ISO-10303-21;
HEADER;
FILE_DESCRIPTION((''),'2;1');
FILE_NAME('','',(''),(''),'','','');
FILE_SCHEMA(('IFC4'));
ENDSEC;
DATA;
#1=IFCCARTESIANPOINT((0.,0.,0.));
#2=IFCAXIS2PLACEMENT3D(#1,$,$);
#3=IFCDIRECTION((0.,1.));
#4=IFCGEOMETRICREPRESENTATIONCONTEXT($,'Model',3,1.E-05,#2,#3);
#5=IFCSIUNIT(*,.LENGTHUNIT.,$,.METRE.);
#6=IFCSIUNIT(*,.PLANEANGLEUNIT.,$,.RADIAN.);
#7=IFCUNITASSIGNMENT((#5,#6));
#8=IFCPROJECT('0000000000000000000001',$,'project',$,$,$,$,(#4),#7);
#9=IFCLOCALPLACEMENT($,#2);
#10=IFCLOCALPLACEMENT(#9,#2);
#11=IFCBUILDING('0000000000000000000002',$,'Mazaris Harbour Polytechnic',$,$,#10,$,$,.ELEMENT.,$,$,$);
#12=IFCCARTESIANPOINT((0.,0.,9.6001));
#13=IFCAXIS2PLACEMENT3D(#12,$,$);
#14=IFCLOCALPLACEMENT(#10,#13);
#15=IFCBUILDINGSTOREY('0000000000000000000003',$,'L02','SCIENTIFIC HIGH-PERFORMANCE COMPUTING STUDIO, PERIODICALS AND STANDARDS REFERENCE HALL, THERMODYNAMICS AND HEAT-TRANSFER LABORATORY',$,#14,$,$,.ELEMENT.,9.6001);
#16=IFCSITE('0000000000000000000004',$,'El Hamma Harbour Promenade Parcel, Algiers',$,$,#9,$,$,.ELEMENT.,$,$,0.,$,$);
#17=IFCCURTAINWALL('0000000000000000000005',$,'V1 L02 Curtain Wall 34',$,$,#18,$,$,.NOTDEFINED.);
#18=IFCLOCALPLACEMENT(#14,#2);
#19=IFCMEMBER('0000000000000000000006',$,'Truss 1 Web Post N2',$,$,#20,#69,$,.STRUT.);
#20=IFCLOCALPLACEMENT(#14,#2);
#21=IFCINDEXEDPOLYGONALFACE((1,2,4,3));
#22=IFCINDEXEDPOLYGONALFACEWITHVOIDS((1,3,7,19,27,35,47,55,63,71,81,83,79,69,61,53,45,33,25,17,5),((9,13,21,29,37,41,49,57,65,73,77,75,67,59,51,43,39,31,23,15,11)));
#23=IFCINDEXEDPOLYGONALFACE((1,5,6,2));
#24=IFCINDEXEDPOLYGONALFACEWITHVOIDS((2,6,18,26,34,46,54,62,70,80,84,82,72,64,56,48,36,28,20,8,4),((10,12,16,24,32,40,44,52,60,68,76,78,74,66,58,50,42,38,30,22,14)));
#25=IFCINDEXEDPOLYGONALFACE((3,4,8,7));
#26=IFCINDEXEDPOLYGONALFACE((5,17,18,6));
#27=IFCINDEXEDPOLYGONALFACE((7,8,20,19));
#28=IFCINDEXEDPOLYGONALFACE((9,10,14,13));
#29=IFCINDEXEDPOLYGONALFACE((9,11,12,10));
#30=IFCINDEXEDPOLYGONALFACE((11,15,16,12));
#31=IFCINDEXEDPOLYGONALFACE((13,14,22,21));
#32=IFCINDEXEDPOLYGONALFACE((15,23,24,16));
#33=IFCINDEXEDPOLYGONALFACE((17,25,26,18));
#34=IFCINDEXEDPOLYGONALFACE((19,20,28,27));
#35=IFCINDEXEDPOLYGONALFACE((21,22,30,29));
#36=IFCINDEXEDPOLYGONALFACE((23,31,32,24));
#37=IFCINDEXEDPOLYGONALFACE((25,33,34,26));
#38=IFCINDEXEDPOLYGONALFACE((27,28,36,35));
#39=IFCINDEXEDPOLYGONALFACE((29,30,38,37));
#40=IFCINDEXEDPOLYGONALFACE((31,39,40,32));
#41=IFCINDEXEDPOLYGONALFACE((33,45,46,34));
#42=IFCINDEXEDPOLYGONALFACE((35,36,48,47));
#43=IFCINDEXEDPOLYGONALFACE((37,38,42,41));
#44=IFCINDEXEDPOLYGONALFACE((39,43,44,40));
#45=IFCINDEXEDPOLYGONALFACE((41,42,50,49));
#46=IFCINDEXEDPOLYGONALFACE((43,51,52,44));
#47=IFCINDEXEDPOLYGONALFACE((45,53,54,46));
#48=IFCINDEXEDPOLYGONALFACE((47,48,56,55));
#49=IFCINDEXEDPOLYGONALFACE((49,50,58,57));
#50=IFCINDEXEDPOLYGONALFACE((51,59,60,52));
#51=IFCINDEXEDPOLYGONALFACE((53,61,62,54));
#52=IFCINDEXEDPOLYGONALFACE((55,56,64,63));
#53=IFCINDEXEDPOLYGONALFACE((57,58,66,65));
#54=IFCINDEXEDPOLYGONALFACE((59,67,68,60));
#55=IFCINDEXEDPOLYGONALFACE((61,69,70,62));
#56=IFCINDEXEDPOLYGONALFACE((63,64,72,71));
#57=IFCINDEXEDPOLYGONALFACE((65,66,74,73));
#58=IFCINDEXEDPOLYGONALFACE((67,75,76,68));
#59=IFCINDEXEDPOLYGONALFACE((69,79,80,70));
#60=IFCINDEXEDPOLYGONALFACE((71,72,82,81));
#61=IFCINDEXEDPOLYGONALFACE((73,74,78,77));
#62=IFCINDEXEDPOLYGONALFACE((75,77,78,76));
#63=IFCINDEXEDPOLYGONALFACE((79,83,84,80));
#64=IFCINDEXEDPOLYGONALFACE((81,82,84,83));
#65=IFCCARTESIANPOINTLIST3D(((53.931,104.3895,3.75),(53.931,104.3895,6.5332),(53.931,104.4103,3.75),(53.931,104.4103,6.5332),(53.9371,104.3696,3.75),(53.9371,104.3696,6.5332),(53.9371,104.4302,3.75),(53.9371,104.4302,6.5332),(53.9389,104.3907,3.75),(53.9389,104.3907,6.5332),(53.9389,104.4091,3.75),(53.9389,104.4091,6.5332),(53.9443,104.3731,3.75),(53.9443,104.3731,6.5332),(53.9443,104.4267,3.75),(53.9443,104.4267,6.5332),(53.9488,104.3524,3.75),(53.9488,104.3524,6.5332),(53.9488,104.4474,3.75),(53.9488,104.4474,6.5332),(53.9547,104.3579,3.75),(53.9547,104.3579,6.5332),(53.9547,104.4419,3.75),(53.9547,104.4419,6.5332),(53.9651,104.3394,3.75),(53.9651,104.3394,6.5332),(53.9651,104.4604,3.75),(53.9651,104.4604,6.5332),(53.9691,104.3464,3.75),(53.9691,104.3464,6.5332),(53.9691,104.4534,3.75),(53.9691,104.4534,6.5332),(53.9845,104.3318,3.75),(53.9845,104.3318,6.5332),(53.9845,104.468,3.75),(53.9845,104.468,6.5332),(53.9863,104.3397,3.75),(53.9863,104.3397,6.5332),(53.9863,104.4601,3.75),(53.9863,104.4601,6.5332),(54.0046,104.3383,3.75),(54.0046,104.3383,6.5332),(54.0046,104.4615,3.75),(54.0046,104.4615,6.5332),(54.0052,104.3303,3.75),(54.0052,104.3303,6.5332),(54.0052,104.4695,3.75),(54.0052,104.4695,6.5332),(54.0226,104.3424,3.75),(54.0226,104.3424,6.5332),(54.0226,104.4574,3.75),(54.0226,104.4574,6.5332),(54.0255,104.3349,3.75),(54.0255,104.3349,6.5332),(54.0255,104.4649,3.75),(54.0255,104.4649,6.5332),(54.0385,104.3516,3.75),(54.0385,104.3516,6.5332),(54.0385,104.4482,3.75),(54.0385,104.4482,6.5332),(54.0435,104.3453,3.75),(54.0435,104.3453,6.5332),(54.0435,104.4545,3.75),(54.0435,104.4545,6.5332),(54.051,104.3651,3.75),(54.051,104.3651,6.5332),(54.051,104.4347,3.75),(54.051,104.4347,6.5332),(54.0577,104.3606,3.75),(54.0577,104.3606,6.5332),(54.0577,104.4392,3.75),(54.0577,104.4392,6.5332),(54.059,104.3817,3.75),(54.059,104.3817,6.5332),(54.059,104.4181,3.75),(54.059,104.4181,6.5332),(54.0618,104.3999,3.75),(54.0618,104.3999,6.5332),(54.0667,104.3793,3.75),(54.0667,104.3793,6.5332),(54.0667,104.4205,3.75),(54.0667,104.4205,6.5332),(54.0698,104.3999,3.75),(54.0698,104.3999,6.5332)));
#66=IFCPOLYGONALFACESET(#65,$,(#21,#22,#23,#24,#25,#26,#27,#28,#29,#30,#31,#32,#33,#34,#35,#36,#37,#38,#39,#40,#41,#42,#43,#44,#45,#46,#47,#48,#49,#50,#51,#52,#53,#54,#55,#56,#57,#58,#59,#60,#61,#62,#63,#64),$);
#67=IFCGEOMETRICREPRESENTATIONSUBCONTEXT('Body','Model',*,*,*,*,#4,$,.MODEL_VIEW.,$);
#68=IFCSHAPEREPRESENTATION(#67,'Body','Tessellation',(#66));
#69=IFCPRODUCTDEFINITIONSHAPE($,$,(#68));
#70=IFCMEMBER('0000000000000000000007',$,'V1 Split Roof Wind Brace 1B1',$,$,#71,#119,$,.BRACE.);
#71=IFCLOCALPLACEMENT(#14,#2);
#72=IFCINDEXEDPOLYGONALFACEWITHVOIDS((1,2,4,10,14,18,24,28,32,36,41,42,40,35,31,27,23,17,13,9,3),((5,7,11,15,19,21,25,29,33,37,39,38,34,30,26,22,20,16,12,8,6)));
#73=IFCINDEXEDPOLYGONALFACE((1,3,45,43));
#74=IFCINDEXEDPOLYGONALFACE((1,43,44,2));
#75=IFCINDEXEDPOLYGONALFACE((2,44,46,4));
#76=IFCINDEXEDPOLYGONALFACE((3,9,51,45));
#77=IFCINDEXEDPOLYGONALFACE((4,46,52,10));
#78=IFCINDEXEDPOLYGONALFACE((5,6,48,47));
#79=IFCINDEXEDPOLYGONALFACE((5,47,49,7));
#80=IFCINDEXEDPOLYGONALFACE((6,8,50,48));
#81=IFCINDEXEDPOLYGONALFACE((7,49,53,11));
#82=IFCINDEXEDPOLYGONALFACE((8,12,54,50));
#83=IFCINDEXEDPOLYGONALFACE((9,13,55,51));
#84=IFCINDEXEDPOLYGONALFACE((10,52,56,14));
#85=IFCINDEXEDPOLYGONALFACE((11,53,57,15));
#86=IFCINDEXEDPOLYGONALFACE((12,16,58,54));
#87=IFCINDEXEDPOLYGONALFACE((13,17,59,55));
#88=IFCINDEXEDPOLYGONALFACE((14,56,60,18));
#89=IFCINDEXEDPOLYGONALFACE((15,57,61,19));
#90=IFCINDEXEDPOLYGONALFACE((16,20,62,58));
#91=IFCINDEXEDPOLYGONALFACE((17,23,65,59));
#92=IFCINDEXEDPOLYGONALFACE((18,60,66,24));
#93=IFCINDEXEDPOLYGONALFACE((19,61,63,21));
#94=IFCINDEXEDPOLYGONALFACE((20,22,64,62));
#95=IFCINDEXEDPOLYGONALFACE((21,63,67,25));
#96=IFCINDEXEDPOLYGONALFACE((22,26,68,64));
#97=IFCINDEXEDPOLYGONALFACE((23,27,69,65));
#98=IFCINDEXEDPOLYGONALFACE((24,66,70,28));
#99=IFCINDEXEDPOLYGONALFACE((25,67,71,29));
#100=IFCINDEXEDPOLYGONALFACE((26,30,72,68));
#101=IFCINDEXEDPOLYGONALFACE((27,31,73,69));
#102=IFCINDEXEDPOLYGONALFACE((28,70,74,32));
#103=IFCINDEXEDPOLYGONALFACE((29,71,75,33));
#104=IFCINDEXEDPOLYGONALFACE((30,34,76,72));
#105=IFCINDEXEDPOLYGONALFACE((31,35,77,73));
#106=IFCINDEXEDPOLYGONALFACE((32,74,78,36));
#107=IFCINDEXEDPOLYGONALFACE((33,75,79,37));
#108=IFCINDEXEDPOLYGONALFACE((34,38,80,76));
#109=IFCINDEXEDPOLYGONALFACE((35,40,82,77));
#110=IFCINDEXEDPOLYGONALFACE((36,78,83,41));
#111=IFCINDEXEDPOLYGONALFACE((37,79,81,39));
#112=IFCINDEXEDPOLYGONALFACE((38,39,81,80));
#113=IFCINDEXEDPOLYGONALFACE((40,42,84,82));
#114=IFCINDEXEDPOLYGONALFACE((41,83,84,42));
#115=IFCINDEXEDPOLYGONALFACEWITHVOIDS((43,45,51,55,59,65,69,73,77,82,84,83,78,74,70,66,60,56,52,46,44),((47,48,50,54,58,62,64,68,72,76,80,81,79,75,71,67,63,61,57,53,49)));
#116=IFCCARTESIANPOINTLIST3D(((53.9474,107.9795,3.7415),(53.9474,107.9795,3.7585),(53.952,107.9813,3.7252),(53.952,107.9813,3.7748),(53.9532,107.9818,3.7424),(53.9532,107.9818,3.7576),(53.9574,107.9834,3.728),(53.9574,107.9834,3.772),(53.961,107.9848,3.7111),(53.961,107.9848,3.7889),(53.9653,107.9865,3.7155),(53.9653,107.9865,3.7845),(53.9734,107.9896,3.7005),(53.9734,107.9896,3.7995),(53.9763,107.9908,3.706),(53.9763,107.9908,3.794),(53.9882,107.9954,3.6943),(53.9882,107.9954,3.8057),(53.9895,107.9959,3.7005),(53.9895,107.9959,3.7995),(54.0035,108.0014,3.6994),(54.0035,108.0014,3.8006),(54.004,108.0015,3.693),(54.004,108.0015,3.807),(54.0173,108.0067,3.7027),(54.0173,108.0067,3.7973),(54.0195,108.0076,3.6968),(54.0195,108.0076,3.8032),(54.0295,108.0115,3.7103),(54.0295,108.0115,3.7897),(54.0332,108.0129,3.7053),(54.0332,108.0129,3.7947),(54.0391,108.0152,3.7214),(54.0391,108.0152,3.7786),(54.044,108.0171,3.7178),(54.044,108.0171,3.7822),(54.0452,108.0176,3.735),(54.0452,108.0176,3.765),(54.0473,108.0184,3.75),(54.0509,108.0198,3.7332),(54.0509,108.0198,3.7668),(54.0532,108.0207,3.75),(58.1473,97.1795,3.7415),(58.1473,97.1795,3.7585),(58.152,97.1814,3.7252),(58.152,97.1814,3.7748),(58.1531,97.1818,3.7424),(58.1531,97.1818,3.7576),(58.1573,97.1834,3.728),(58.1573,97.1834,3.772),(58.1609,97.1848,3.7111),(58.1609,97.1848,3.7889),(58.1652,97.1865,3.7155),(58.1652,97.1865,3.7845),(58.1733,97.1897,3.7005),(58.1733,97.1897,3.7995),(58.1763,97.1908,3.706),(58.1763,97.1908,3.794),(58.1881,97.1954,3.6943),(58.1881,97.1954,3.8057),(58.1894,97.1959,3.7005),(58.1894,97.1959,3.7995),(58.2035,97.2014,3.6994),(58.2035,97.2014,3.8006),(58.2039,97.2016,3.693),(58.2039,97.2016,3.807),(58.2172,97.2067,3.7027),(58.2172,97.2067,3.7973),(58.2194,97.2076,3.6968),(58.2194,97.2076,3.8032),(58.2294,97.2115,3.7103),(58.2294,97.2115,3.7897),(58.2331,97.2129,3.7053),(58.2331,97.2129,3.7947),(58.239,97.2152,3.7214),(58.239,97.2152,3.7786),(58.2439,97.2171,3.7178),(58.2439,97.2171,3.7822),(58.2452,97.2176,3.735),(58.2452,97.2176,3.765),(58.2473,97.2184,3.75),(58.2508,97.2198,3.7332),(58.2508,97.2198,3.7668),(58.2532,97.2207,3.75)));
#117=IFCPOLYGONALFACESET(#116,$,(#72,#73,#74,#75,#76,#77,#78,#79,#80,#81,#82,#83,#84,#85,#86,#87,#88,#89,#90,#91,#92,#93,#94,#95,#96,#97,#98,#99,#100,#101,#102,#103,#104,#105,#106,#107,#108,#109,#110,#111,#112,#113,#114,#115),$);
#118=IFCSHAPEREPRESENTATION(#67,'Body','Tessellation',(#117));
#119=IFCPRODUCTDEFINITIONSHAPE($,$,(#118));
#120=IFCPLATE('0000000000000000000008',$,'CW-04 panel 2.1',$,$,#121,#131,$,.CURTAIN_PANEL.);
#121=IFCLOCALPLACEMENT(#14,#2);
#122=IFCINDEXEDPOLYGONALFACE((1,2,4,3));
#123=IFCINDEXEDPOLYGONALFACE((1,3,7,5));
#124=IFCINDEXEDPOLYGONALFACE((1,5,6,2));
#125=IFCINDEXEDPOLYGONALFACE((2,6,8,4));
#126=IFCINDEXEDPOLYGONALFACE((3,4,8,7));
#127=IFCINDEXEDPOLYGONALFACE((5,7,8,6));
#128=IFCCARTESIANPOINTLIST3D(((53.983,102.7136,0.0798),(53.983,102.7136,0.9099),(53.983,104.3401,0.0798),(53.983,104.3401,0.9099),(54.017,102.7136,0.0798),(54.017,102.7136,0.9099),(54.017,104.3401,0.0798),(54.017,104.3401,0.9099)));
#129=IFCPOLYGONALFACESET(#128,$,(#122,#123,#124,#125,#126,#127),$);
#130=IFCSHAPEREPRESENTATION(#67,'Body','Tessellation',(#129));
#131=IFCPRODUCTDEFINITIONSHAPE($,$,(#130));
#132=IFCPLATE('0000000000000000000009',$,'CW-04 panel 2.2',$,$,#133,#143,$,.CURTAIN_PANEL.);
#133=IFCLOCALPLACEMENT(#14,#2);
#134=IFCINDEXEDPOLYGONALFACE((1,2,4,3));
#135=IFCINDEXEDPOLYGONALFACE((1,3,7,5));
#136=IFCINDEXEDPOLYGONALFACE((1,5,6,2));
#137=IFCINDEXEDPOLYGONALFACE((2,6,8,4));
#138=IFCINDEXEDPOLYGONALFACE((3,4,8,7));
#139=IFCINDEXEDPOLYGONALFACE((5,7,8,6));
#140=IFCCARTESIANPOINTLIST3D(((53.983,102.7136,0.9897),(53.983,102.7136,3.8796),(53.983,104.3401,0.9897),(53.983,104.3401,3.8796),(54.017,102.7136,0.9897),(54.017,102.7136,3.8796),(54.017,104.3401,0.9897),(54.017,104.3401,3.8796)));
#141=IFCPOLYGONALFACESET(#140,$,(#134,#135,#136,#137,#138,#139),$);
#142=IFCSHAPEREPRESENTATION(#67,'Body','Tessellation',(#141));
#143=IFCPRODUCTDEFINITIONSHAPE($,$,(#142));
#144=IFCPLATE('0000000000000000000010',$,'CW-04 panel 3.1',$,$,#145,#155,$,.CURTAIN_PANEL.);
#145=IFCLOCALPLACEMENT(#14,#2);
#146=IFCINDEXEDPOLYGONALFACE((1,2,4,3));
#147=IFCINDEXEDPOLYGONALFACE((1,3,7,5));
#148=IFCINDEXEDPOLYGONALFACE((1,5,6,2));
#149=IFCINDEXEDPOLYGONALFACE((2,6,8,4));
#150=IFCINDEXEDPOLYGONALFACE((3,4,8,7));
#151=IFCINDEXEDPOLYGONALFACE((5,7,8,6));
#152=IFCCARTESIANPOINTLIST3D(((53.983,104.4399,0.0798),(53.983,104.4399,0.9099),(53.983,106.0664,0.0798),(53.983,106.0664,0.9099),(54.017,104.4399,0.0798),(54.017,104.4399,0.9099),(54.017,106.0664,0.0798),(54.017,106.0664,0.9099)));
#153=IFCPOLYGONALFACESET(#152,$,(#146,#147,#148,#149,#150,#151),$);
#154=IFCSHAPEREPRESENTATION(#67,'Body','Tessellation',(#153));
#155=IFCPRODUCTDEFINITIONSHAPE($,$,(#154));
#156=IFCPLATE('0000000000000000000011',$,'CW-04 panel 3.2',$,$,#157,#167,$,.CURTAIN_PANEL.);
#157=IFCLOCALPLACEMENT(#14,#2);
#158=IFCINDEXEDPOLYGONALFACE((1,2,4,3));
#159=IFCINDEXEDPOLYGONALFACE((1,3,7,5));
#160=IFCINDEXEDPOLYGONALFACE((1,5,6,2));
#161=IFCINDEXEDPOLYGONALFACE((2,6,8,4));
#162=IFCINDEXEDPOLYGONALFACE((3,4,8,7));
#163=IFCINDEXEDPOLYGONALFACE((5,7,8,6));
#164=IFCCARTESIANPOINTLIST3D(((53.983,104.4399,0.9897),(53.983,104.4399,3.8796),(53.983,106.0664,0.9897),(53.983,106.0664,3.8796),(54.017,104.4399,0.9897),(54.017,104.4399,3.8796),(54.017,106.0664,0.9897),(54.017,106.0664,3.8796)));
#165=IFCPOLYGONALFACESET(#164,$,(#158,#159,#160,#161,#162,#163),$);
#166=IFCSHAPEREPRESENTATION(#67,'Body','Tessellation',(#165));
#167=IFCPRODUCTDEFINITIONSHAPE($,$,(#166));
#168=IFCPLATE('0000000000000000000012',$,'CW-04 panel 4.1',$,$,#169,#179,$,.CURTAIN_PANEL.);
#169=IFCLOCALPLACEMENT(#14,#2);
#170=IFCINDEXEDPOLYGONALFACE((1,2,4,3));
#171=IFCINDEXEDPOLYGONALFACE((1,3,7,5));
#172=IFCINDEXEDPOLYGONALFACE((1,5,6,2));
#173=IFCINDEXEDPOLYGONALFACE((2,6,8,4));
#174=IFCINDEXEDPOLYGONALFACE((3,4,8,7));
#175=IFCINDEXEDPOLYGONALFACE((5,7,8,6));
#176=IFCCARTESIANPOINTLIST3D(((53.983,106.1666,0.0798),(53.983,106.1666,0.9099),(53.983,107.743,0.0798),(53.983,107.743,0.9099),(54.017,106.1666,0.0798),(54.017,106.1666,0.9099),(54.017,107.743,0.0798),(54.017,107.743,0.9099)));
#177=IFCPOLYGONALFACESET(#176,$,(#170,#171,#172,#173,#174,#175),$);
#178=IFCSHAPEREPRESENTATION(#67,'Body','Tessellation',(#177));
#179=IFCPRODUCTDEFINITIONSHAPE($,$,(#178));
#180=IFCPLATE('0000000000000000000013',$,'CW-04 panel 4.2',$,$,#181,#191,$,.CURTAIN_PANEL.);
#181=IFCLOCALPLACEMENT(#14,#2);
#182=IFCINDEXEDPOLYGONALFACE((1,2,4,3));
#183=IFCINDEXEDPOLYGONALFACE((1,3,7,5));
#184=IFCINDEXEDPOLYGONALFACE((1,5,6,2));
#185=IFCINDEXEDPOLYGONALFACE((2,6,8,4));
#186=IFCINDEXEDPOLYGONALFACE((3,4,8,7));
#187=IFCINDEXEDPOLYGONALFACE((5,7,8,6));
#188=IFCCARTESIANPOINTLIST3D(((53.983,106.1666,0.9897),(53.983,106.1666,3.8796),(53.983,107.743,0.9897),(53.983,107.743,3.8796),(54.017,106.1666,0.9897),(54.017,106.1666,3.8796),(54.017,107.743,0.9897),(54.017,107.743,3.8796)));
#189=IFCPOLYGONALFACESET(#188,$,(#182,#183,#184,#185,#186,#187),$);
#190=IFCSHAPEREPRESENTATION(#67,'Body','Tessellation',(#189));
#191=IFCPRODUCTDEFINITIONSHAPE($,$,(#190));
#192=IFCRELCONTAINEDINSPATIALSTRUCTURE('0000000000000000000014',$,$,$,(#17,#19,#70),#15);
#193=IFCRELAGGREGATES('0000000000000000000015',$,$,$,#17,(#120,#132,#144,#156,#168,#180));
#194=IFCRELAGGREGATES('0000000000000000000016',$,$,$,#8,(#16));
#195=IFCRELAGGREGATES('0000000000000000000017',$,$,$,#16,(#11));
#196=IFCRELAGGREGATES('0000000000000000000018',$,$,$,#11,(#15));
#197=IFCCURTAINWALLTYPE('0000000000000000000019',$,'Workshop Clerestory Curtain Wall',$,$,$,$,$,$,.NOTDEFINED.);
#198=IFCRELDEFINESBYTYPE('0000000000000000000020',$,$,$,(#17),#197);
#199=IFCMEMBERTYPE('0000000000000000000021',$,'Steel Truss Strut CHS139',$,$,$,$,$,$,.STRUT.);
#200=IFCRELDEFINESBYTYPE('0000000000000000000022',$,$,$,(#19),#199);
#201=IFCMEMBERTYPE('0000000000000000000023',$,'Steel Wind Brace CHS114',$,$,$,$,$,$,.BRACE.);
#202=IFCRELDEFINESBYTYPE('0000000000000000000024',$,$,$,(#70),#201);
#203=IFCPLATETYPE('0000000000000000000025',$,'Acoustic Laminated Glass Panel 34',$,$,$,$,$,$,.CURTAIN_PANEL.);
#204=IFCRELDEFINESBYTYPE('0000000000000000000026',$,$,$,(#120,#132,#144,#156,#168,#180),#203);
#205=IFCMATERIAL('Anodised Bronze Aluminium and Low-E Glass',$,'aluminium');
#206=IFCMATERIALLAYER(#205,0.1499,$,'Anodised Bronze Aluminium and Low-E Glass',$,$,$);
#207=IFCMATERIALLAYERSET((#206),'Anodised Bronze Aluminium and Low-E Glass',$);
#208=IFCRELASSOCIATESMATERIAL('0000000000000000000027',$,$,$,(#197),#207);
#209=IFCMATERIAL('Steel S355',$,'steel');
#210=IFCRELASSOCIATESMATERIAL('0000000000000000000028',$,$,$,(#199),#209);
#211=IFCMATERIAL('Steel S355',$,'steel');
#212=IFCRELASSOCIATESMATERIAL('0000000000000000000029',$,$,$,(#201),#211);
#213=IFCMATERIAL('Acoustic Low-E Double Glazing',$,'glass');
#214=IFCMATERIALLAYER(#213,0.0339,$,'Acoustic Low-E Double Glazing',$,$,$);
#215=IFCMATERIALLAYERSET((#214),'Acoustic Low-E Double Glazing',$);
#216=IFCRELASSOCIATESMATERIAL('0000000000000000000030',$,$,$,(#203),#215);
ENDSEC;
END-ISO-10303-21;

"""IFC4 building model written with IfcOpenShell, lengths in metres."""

from ifc_helpers import new_model, si_unit, direction, frame, origin, origin_2d, place, context, subcontext, project, spatial, rectangle, hollow_circle, extrude, material, layer, layer_set, material_profile, profile_set, type_object, element, aggregate, save


model = new_model("IFC4")

# Units and contexts
model_context = context("Model", 3, precision=1e-05, world=origin(), true_north=direction((0.0, 1.0)))
body_context = subcontext(model_context, "Body", "Model", "MODEL_VIEW")
ifc_project = project(units=[si_unit("LENGTHUNIT", "METRE"), si_unit("PLANEANGLEUNIT", "RADIAN")], contexts=[model_context])

# Site, building, storey
site_placement = place(None, origin())
site = spatial("IfcSite", under=ifc_project, at=site_placement, Name="El Hamma Harbour Promenade Parcel, Algiers", CompositionType="ELEMENT", RefElevation=0.0)
building_placement = place(site_placement, origin())
building = spatial("IfcBuilding", under=site, at=building_placement, Name="Mazaris Harbour Polytechnic", CompositionType="ELEMENT")
storey_placement = place(building_placement, frame((0.0, 0.0, 9.6001)))
storey = spatial("IfcBuildingStorey", under=building, at=storey_placement, Name="L02", Description="SCIENTIFIC HIGH-PERFORMANCE COMPUTING STUDIO, PERIODICALS AND STANDARDS REFERENCE HALL, THERMODYNAMICS AND HEAT-TRANSFER LABORATORY", CompositionType="ELEMENT", Elevation=9.6001)

# Curtain wall
ifc_material_1 = material(Name="Anodised Bronze Aluminium and Low-E Glass", Category="aluminium")
ifc_layer_1 = layer(ifc_material_1, 0.1499, Name="Anodised Bronze Aluminium and Low-E Glass")
ifc_layer_set_1 = layer_set([ifc_layer_1], Name="Anodised Bronze Aluminium and Low-E Glass")
curtain_wall_type = type_object("IfcCurtainWallType", Name="Workshop Clerestory Curtain Wall", PredefinedType="NOTDEFINED", material=ifc_layer_set_1)
curtain_wall_placement = place(storey_placement, origin())
curtain_wall = element("IfcCurtainWall", 1, at=curtain_wall_placement, inside=storey, type_object=curtain_wall_type, Name="V1 L02 Curtain Wall 34", PredefinedType="NOTDEFINED")

# Members
ifc_material_2 = material(Name="Steel S355", Category="steel")
ifc_material_profile_1 = material_profile(ifc_material_2, hollow_circle(Radius=0.0698, WallThickness=0.0081, at=origin_2d()), Name="CHS 139.7x8.0")
ifc_profile_set_1 = profile_set([ifc_material_profile_1], Name="Steel S355")
member_type_1 = type_object("IfcMemberType", Name="Steel Truss Strut CHS139", PredefinedType="STRUT", material=ifc_profile_set_1)
member_1_placement = place(storey_placement, frame((54.0, 104.3999, 3.75), z_axis=(0.0, 0.0, 1.0), x_axis=(1.0, 0.0, 0.0)))
element("IfcMember", 2, at=member_1_placement, inside=storey, type_object=member_type_1, Name="Truss 1 Web Post N2", PredefinedType="STRUT", context=body_context, shape_type="SweptSolid", body=[
    extrude(hollow_circle(Radius=0.0698, WallThickness=0.0081, at=origin_2d()), origin(), (0.0, 0.0, 1.0), 2.7832),
])
ifc_material_3 = material(Name="Steel S355", Category="steel")
ifc_material_profile_2 = material_profile(ifc_material_3, hollow_circle(Radius=0.0571, WallThickness=0.0063, at=origin_2d()), Name="CHS 114.3x6.3")
ifc_profile_set_2 = profile_set([ifc_material_profile_2], Name="Steel S355")
member_type_2 = type_object("IfcMemberType", Name="Steel Wind Brace CHS114", PredefinedType="BRACE", material=ifc_profile_set_2)
member_2_placement = place(storey_placement, frame((54.0, 108.0, 3.75), z_axis=(0.362441, -0.932007, 0.0), x_axis=(0.932007, 0.362441, 0.0)))
element("IfcMember", 3, at=member_2_placement, inside=storey, type_object=member_type_2, Name="V1 Split Roof Wind Brace 1B1", PredefinedType="BRACE", context=body_context, shape_type="SweptSolid", body=[
    extrude(hollow_circle(Radius=0.0571, WallThickness=0.0063, at=origin_2d()), origin(), (0.0, 0.0, 1.0), 11.5879),
])

# Plates
ifc_material_4 = material(Name="Acoustic Low-E Double Glazing", Category="glass")
ifc_layer_2 = layer(ifc_material_4, 0.0339, Name="Acoustic Low-E Double Glazing")
ifc_layer_set_2 = layer_set([ifc_layer_2], Name="Acoustic Low-E Double Glazing")
plate_type = type_object("IfcPlateType", Name="Acoustic Laminated Glass Panel 34", PredefinedType="CURTAIN_PANEL", material=ifc_layer_set_2)
plate_1_placement = place(storey_placement, frame((54.0, 103.5269, 0.0798), z_axis=(0.0, 0.0, 1.0), x_axis=(0.0, 1.0, 0.0)))
plate_1 = element("IfcPlate", 4, at=plate_1_placement, type_object=plate_type, Name="CW-04 panel 2.1", PredefinedType="CURTAIN_PANEL", context=body_context, shape_type="SweptSolid", body=[
    extrude(rectangle(XDim=1.6265, YDim=0.0339, at=origin_2d()), origin(), (0.0, 0.0, 1.0), 0.8301),
])
plate_2_placement = place(storey_placement, frame((54.0, 103.5269, 0.9897), z_axis=(0.0, 0.0, 1.0), x_axis=(0.0, 1.0, 0.0)))
plate_2 = element("IfcPlate", 5, at=plate_2_placement, type_object=plate_type, Name="CW-04 panel 2.2", PredefinedType="CURTAIN_PANEL", context=body_context, shape_type="SweptSolid", body=[
    extrude(rectangle(XDim=1.6265, YDim=0.0339, at=origin_2d()), origin(), (0.0, 0.0, 1.0), 2.8899),
])
plate_3_placement = place(storey_placement, frame((54.0, 105.2532, 0.0798), z_axis=(0.0, 0.0, 1.0), x_axis=(0.0, 1.0, 0.0)))
plate_3 = element("IfcPlate", 6, at=plate_3_placement, type_object=plate_type, Name="CW-04 panel 3.1", PredefinedType="CURTAIN_PANEL", context=body_context, shape_type="SweptSolid", body=[
    extrude(rectangle(XDim=1.6265, YDim=0.0339, at=origin_2d()), origin(), (0.0, 0.0, 1.0), 0.8301),
])
plate_4_placement = place(storey_placement, frame((54.0, 105.2532, 0.9897), z_axis=(0.0, 0.0, 1.0), x_axis=(0.0, 1.0, 0.0)))
plate_4 = element("IfcPlate", 7, at=plate_4_placement, type_object=plate_type, Name="CW-04 panel 3.2", PredefinedType="CURTAIN_PANEL", context=body_context, shape_type="SweptSolid", body=[
    extrude(rectangle(XDim=1.6265, YDim=0.0339, at=origin_2d()), origin(), (0.0, 0.0, 1.0), 2.8899),
])
plate_5_placement = place(storey_placement, frame((54.0, 106.9548, 0.0798), z_axis=(0.0, 0.0, 1.0), x_axis=(0.0, 1.0, 0.0)))
plate_5 = element("IfcPlate", 8, at=plate_5_placement, type_object=plate_type, Name="CW-04 panel 4.1", PredefinedType="CURTAIN_PANEL", context=body_context, shape_type="SweptSolid", body=[
    extrude(rectangle(XDim=1.5764, YDim=0.0339, at=origin_2d()), origin(), (0.0, 0.0, 1.0), 0.8301),
])
plate_6_placement = place(storey_placement, frame((54.0, 106.9548, 0.9897), z_axis=(0.0, 0.0, 1.0), x_axis=(0.0, 1.0, 0.0)))
plate_6 = element("IfcPlate", 9, at=plate_6_placement, type_object=plate_type, Name="CW-04 panel 4.2", PredefinedType="CURTAIN_PANEL", context=body_context, shape_type="SweptSolid", body=[
    extrude(rectangle(XDim=1.5764, YDim=0.0339, at=origin_2d()), origin(), (0.0, 0.0, 1.0), 2.8899),
])
aggregate(curtain_wall, [plate_1, plate_2, plate_3, plate_4, plate_5, plate_6])

save(model, "model.ifc")
